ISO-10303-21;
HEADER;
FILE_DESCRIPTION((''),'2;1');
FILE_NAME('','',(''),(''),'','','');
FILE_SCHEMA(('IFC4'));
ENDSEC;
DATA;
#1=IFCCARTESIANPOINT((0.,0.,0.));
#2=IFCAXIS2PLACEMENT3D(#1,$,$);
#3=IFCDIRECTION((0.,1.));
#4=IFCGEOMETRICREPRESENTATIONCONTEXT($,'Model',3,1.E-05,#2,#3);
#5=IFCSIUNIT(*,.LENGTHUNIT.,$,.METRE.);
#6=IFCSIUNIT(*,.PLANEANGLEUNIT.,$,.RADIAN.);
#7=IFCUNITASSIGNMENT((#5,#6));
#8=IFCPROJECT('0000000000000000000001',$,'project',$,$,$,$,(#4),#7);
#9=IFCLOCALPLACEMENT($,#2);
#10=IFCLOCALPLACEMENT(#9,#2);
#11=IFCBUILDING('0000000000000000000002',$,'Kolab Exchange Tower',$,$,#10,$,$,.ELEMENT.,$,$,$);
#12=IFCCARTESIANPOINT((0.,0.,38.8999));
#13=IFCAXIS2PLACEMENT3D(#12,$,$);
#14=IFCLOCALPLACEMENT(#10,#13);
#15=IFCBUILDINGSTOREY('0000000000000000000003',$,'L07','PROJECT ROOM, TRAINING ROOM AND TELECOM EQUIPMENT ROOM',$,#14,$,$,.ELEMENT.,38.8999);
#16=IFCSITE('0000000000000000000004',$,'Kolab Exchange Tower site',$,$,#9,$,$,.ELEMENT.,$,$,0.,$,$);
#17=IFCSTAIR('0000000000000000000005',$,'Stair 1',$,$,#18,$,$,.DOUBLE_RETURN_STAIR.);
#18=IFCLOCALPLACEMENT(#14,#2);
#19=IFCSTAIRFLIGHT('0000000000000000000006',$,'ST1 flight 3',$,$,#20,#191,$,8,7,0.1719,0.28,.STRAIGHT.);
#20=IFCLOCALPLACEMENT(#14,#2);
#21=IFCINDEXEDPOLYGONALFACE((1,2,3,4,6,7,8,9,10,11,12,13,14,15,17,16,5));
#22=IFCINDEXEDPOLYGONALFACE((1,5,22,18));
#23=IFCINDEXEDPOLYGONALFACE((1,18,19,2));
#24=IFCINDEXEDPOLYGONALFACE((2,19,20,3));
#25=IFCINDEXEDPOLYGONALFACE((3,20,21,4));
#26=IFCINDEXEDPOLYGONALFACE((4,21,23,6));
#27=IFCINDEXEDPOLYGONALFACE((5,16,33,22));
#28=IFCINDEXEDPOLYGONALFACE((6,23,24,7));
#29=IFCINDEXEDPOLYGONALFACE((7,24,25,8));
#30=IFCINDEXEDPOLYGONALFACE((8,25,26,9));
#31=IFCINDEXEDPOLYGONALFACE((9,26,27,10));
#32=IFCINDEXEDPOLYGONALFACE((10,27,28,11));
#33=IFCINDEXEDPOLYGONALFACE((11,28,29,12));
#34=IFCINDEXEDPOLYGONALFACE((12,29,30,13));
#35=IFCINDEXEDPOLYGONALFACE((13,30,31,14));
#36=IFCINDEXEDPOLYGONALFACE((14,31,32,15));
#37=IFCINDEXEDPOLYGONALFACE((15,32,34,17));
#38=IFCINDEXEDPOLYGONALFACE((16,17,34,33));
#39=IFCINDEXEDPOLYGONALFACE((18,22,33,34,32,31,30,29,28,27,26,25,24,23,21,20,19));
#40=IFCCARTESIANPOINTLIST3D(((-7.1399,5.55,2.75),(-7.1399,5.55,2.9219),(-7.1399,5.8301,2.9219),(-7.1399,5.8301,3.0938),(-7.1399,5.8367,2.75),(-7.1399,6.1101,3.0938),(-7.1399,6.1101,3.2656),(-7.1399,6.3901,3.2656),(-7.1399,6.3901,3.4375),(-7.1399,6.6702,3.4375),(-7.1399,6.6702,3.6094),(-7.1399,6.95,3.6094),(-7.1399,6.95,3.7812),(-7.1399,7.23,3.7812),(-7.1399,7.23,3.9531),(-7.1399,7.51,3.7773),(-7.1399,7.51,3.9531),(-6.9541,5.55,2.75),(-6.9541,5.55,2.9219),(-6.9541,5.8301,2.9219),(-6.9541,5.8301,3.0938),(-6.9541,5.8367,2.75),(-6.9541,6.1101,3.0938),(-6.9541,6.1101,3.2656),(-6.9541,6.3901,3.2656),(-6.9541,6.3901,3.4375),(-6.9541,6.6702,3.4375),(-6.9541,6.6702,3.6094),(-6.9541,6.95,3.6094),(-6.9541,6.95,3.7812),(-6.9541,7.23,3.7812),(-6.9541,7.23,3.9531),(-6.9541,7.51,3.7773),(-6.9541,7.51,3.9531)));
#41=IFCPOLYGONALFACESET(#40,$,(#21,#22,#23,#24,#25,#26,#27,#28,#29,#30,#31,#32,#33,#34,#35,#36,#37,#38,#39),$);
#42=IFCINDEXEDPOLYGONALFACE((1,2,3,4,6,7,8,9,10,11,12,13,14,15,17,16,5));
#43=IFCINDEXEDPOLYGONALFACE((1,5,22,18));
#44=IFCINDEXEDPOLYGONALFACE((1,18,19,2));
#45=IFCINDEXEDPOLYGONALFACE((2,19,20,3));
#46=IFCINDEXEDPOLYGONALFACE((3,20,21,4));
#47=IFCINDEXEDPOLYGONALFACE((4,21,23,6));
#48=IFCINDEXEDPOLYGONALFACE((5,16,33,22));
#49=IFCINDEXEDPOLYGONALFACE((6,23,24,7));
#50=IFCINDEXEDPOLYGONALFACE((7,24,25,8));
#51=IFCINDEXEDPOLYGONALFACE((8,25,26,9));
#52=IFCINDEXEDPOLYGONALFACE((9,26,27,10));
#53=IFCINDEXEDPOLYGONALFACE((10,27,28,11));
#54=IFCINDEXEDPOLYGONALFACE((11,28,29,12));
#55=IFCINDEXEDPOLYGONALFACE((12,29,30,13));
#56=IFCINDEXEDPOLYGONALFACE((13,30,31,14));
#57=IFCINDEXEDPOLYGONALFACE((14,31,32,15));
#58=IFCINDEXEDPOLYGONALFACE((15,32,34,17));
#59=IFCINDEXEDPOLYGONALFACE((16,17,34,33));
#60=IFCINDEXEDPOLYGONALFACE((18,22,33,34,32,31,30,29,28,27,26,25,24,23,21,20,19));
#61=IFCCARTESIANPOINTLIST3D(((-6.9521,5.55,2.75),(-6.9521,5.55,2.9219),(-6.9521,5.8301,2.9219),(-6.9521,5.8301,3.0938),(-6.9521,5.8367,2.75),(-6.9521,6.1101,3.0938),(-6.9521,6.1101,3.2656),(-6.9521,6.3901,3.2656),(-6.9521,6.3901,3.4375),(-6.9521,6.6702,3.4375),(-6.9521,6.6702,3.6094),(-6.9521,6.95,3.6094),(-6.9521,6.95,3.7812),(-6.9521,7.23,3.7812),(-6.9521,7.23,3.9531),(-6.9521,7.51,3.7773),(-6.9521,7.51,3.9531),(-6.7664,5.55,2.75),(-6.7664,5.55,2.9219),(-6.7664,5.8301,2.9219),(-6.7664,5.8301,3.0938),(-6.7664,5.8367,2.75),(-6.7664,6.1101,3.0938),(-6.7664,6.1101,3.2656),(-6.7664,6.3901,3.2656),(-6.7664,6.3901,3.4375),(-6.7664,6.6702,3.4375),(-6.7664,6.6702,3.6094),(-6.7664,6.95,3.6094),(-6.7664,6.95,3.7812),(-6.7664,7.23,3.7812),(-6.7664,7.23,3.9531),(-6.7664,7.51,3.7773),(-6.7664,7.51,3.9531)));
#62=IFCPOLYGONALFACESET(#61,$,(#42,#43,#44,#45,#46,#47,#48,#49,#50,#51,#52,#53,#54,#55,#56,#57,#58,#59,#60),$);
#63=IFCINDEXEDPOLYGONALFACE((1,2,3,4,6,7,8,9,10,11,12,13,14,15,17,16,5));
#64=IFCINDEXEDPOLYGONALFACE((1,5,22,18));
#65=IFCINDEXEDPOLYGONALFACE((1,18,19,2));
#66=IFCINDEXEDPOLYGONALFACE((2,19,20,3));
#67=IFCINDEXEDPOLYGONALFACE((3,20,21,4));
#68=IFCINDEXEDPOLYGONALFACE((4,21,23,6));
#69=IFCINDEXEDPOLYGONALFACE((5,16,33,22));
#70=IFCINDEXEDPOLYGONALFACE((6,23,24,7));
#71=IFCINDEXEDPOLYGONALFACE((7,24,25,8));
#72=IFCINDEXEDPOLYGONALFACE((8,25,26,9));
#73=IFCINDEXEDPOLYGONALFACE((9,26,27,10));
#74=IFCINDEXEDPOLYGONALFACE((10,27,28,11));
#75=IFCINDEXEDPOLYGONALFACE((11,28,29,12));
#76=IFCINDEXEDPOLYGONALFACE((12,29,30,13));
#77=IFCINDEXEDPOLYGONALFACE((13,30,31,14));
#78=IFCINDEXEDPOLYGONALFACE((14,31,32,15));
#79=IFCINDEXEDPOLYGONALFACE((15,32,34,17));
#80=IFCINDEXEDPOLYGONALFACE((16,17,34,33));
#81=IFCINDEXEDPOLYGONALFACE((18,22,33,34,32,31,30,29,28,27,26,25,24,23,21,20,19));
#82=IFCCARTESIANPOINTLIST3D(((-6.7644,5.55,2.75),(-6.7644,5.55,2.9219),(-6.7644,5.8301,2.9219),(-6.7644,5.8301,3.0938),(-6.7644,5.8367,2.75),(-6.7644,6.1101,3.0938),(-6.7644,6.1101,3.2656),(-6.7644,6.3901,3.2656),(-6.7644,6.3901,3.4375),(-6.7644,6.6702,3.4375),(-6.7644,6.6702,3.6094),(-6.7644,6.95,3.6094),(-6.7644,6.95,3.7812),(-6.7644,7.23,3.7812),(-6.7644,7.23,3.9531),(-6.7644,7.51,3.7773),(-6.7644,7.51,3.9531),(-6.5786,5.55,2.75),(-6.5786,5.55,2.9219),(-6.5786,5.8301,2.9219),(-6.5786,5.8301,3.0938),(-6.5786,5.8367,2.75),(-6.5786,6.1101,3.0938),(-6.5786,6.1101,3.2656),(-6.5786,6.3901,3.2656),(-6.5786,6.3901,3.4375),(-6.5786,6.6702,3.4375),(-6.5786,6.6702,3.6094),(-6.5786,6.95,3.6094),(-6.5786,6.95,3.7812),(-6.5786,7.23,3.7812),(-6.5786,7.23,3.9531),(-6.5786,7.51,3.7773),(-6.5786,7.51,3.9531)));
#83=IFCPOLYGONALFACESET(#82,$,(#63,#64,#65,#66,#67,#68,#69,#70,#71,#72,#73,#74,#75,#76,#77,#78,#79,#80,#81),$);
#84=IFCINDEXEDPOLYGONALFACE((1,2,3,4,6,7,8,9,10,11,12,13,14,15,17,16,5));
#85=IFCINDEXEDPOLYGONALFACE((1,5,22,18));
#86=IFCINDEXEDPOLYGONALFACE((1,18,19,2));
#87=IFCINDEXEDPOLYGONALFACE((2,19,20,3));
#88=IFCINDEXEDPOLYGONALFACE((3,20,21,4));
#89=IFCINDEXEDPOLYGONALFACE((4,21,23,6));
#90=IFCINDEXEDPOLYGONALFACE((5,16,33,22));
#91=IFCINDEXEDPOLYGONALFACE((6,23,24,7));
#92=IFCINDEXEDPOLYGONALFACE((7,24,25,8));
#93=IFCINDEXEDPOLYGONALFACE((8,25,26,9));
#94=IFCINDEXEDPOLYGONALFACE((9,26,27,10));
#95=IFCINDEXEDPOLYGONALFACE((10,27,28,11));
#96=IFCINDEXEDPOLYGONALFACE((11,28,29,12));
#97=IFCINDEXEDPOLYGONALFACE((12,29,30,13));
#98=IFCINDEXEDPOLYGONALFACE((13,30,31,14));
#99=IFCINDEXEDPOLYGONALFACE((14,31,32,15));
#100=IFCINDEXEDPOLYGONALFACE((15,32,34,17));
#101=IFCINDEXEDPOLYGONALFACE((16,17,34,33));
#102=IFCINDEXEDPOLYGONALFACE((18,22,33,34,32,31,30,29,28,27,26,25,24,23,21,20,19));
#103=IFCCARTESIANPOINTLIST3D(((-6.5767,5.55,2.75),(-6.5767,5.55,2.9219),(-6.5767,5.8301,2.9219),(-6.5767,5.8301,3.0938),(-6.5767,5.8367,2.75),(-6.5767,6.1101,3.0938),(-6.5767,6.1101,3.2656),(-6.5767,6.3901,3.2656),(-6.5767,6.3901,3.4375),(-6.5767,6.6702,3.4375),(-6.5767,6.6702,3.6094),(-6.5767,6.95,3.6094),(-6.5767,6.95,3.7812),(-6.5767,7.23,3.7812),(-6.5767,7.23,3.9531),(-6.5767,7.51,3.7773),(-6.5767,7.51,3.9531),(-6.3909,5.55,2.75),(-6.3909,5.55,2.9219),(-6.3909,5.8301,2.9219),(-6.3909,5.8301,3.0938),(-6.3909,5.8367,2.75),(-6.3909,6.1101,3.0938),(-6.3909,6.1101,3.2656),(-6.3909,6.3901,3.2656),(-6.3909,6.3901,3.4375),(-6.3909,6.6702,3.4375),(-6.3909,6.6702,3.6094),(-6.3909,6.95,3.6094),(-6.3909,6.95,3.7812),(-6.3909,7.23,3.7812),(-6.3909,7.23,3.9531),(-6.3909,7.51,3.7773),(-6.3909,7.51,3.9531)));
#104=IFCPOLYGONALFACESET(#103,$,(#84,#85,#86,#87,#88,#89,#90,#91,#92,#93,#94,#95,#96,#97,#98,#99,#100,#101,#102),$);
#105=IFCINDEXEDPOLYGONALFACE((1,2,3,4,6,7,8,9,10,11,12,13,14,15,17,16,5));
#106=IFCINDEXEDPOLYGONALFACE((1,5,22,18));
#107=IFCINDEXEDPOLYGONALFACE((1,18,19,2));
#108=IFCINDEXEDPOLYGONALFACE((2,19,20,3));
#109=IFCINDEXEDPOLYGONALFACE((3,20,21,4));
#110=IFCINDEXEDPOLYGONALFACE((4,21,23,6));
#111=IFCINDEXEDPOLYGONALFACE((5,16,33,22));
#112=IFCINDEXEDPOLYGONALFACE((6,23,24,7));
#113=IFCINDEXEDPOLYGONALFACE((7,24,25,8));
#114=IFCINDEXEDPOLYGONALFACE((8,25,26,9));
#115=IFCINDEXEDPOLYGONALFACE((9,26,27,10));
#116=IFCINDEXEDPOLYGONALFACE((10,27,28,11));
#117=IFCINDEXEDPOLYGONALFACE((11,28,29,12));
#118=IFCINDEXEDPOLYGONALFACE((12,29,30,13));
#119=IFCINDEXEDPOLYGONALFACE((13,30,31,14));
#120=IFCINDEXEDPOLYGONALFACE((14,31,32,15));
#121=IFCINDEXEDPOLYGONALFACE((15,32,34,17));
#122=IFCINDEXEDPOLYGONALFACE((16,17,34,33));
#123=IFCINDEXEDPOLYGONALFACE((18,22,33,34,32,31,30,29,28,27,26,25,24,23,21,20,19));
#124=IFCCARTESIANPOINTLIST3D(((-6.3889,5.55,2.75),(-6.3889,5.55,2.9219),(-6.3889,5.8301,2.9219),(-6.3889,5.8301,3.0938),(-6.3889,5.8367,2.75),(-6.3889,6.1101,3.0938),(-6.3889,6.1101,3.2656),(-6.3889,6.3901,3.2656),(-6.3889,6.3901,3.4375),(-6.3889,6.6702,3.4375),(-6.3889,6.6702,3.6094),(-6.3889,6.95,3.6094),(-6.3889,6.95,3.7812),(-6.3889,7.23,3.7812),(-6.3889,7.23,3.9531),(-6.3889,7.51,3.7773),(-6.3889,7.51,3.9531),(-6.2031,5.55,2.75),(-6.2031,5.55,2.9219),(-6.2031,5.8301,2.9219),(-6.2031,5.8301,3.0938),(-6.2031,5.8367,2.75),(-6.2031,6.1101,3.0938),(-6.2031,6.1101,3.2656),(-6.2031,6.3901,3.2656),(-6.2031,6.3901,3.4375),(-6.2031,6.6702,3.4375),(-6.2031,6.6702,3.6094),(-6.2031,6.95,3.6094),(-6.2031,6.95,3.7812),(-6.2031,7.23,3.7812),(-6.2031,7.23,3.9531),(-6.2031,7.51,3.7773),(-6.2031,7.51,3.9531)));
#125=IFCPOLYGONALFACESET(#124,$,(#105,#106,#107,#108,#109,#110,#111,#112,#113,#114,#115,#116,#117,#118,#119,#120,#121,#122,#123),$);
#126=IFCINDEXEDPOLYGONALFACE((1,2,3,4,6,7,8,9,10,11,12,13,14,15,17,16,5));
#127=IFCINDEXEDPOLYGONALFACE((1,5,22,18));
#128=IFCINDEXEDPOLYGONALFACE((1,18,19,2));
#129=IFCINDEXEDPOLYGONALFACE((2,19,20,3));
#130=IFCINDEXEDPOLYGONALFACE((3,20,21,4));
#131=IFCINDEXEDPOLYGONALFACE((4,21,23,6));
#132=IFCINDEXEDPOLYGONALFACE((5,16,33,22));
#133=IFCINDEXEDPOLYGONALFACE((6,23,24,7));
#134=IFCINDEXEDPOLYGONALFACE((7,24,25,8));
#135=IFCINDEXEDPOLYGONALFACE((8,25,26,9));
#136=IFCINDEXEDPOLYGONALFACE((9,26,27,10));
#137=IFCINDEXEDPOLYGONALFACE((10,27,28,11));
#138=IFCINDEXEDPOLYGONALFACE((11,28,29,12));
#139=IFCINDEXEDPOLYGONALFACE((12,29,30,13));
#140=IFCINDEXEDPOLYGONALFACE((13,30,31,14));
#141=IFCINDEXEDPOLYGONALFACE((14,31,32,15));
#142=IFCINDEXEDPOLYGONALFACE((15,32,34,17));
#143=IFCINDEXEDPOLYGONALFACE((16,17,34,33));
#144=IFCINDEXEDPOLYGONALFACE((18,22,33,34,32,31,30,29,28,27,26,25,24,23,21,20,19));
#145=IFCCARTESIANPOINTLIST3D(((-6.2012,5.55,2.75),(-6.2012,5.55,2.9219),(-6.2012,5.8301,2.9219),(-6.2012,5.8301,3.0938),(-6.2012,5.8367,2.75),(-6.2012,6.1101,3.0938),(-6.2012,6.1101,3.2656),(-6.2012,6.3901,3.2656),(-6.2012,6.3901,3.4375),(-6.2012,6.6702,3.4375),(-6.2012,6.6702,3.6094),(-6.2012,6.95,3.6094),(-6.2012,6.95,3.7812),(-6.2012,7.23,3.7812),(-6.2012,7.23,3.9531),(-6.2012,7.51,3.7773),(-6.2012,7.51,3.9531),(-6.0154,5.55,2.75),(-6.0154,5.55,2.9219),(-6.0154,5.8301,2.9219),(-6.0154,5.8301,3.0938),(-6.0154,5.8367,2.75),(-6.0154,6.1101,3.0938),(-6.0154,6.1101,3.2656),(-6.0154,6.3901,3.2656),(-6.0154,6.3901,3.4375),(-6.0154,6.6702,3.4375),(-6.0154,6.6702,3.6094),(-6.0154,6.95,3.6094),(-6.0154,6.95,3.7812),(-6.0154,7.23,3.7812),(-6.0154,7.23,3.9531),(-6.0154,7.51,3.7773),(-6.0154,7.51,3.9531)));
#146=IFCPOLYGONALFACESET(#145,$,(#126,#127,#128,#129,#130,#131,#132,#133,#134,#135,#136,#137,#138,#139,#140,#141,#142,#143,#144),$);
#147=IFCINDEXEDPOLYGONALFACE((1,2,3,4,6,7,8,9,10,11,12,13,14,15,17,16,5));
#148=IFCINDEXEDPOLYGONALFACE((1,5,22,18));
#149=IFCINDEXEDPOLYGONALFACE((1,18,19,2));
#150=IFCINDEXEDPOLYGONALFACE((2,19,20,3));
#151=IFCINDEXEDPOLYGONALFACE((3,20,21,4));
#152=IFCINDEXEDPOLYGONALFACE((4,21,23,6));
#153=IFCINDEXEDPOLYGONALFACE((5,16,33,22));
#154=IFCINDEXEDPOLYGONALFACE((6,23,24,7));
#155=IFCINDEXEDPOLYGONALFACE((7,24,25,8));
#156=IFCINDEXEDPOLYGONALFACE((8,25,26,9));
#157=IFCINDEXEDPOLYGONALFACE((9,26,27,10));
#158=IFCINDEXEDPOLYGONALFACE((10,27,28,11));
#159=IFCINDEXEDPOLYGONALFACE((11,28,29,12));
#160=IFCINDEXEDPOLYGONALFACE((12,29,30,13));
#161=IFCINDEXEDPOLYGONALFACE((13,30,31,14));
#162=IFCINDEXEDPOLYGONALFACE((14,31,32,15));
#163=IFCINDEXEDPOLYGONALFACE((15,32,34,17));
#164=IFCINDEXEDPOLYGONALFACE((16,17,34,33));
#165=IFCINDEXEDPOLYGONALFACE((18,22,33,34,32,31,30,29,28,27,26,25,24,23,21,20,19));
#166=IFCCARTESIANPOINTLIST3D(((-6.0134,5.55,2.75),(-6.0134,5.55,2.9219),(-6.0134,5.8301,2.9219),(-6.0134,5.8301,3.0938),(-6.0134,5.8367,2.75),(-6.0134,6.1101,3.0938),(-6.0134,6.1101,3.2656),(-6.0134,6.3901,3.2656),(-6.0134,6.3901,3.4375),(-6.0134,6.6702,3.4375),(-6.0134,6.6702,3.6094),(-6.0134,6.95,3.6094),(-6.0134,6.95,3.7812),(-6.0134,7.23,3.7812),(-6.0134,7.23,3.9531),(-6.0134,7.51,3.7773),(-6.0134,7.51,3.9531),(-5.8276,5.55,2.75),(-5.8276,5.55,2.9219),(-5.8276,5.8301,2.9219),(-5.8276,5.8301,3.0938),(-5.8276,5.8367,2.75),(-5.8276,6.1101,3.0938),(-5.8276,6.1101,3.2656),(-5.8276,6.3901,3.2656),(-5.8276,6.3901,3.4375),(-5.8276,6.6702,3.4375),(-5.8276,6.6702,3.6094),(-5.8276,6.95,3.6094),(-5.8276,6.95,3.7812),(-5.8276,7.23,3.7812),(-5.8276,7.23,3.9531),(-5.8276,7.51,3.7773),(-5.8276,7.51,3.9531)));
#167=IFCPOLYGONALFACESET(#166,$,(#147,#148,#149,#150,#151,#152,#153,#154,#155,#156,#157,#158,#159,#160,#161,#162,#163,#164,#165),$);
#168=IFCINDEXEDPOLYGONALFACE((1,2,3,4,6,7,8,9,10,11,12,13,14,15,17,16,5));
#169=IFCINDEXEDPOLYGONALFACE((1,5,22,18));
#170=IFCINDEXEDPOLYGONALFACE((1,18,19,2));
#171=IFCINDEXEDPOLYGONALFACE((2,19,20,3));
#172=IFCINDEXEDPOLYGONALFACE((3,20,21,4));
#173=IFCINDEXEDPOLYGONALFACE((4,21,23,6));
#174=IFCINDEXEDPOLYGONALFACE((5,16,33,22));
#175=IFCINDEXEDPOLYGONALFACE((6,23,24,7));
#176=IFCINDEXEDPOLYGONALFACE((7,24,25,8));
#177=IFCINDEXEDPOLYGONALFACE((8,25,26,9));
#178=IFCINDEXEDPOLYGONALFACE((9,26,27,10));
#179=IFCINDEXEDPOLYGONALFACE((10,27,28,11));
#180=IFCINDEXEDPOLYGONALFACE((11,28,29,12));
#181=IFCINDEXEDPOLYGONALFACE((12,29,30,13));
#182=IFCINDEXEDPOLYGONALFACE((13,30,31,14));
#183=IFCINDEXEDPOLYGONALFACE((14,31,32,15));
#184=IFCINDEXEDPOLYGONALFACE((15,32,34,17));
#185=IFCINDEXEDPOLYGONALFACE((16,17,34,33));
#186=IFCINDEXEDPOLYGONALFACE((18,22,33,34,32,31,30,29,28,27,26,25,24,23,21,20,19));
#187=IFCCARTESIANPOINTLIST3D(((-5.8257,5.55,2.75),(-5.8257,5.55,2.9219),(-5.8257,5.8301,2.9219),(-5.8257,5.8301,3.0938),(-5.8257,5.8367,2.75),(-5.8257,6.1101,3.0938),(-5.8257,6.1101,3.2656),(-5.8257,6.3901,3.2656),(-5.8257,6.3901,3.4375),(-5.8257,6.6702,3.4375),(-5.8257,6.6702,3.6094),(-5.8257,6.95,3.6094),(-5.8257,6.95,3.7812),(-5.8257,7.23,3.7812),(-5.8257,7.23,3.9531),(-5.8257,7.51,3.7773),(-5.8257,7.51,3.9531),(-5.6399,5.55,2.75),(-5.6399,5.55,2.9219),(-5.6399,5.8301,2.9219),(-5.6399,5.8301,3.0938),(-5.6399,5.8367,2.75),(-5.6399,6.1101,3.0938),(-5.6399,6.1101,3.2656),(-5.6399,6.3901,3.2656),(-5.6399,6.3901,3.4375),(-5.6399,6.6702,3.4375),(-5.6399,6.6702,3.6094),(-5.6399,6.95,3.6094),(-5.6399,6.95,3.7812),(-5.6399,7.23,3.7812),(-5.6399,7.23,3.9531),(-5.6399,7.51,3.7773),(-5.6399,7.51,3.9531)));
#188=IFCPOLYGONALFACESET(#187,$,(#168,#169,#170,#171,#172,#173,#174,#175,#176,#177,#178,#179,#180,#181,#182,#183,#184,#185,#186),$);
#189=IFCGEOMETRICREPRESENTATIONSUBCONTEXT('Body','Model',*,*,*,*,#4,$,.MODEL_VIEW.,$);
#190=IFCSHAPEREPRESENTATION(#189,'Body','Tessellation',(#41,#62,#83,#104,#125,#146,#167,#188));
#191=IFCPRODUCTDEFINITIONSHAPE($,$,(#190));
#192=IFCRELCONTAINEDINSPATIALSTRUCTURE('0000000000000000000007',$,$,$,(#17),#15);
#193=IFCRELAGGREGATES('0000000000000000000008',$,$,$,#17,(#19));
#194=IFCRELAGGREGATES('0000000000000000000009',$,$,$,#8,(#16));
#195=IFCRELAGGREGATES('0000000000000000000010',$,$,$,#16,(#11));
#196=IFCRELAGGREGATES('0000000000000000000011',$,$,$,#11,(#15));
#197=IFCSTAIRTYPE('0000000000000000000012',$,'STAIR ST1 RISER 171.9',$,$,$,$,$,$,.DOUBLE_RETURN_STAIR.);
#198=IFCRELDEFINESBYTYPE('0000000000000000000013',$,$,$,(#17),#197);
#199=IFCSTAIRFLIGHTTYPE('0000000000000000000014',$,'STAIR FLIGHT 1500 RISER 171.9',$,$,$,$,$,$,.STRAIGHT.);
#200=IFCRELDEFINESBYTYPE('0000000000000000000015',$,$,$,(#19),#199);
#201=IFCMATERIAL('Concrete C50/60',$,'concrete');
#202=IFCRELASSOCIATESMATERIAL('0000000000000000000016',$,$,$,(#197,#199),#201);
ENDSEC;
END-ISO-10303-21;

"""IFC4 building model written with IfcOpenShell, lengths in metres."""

from ifc_helpers import new_model, si_unit, direction, frame, origin, place, context, subcontext, project, spatial, polyline, outline, extrude, material, type_object, element, aggregate, save


model = new_model("IFC4")

# Units and contexts
model_context = context("Model", 3, precision=1e-05, world=origin(), true_north=direction((0.0, 1.0)))
body_context = subcontext(model_context, "Body", "Model", "MODEL_VIEW")
ifc_project = project(units=[si_unit("LENGTHUNIT", "METRE"), si_unit("PLANEANGLEUNIT", "RADIAN")], contexts=[model_context])

# Site, building, storey
site_placement = place(None, origin())
site = spatial("IfcSite", under=ifc_project, at=site_placement, Name="Kolab Exchange Tower site", CompositionType="ELEMENT", RefElevation=0.0)
building_placement = place(site_placement, origin())
building = spatial("IfcBuilding", under=site, at=building_placement, Name="Kolab Exchange Tower", CompositionType="ELEMENT")
storey_placement = place(building_placement, frame((0.0, 0.0, 38.8999)))
storey = spatial("IfcBuildingStorey", under=building, at=storey_placement, Name="L07", Description="PROJECT ROOM, TRAINING ROOM AND TELECOM EQUIPMENT ROOM", CompositionType="ELEMENT", Elevation=38.8999)

# Shared definitions
ifc_material_1 = material(Name="Concrete C50/60", Category="concrete")

# Stair, stair flight
stair_type = type_object("IfcStairType", Name="STAIR ST1 RISER 171.9", PredefinedType="DOUBLE_RETURN_STAIR", material=ifc_material_1)
stair_placement = place(storey_placement, origin())
stair = element("IfcStair", 1, at=stair_placement, inside=storey, type_object=stair_type, Name="Stair 1", PredefinedType="DOUBLE_RETURN_STAIR")
stair_flight_type = type_object("IfcStairFlightType", Name="STAIR FLIGHT 1500 RISER 171.9", PredefinedType="STRAIGHT", material=ifc_material_1)
stair_flight_1_placement = place(storey_placement, frame((-6.3899, 5.55, 2.75), z_axis=(0.0, 0.0, 1.0), x_axis=(0.0, 1.0, 0.0)))
stair_flight_1 = element("IfcStairFlight", 2, at=stair_flight_1_placement, type_object=stair_flight_type, Name="ST1 flight 3", NumberOfRisers=8, NumberOfTreads=7, PredefinedType="STRAIGHT", RiserHeight=0.1719, TreadLength=0.28, context=body_context, shape_type="SweptSolid", body=[
    extrude(outline(polyline([(0.0, 0.0), (0.0, 0.1719), (0.28, 0.1719), (0.28, 0.3438), (0.5601, 0.3438), (0.5601, 0.5156), (0.8401, 0.5156), (0.8401, 0.6875), (1.1201, 0.6875), (1.1201, 0.8594), (1.3999, 0.8594), (1.3999, 1.0312), (1.6799, 1.0312), (1.6799, 1.2031), (1.96, 1.2031), (1.96, 1.375), (1.96, 1.0273), (0.2866, 0.0), (0.0, 0.0)])), frame((0.0, 0.75, 0.0), z_axis=(0.0, -1.0, 0.0), x_axis=(1.0, 0.0, 0.0)), (0.0, 0.0, 1.0), 0.1858),
    extrude(outline(polyline([(0.0, 0.0), (0.0, 0.1719), (0.28, 0.1719), (0.28, 0.3438), (0.5601, 0.3438), (0.5601, 0.5156), (0.8401, 0.5156), (0.8401, 0.6875), (1.1201, 0.6875), (1.1201, 0.8594), (1.3999, 0.8594), (1.3999, 1.0312), (1.6799, 1.0312), (1.6799, 1.2031), (1.96, 1.2031), (1.96, 1.375), (1.96, 1.0273), (0.2866, 0.0), (0.0, 0.0)])), frame((0.0, 0.5623, 0.0), z_axis=(0.0, -1.0, 0.0), x_axis=(1.0, 0.0, 0.0)), (0.0, 0.0, 1.0), 0.1858),
    extrude(outline(polyline([(0.0, 0.0), (0.0, 0.1719), (0.28, 0.1719), (0.28, 0.3438), (0.5601, 0.3438), (0.5601, 0.5156), (0.8401, 0.5156), (0.8401, 0.6875), (1.1201, 0.6875), (1.1201, 0.8594), (1.3999, 0.8594), (1.3999, 1.0312), (1.6799, 1.0312), (1.6799, 1.2031), (1.96, 1.2031), (1.96, 1.375), (1.96, 1.0273), (0.2866, 0.0), (0.0, 0.0)])), frame((0.0, 0.3745, 0.0), z_axis=(0.0, -1.0, 0.0), x_axis=(1.0, 0.0, 0.0)), (0.0, 0.0, 1.0), 0.1858),
    extrude(outline(polyline([(0.0, 0.0), (0.0, 0.1719), (0.28, 0.1719), (0.28, 0.3438), (0.5601, 0.3438), (0.5601, 0.5156), (0.8401, 0.5156), (0.8401, 0.6875), (1.1201, 0.6875), (1.1201, 0.8594), (1.3999, 0.8594), (1.3999, 1.0312), (1.6799, 1.0312), (1.6799, 1.2031), (1.96, 1.2031), (1.96, 1.375), (1.96, 1.0273), (0.2866, 0.0), (0.0, 0.0)])), frame((0.0, 0.1868, 0.0), z_axis=(0.0, -1.0, 0.0), x_axis=(1.0, 0.0, 0.0)), (0.0, 0.0, 1.0), 0.1858),
    extrude(outline(polyline([(0.0, 0.0), (0.0, 0.1719), (0.28, 0.1719), (0.28, 0.3438), (0.5601, 0.3438), (0.5601, 0.5156), (0.8401, 0.5156), (0.8401, 0.6875), (1.1201, 0.6875), (1.1201, 0.8594), (1.3999, 0.8594), (1.3999, 1.0312), (1.6799, 1.0312), (1.6799, 1.2031), (1.96, 1.2031), (1.96, 1.375), (1.96, 1.0273), (0.2866, 0.0), (0.0, 0.0)])), frame((0.0, -0.001, 0.0), z_axis=(0.0, -1.0, 0.0), x_axis=(1.0, 0.0, 0.0)), (0.0, 0.0, 1.0), 0.1858),
    extrude(outline(polyline([(0.0, 0.0), (0.0, 0.1719), (0.28, 0.1719), (0.28, 0.3438), (0.5601, 0.3438), (0.5601, 0.5156), (0.8401, 0.5156), (0.8401, 0.6875), (1.1201, 0.6875), (1.1201, 0.8594), (1.3999, 0.8594), (1.3999, 1.0312), (1.6799, 1.0312), (1.6799, 1.2031), (1.96, 1.2031), (1.96, 1.375), (1.96, 1.0273), (0.2866, 0.0), (0.0, 0.0)])), frame((0.0, -0.1887, 0.0), z_axis=(0.0, -1.0, 0.0), x_axis=(1.0, 0.0, 0.0)), (0.0, 0.0, 1.0), 0.1858),
    extrude(outline(polyline([(0.0, 0.0), (0.0, 0.1719), (0.28, 0.1719), (0.28, 0.3438), (0.5601, 0.3438), (0.5601, 0.5156), (0.8401, 0.5156), (0.8401, 0.6875), (1.1201, 0.6875), (1.1201, 0.8594), (1.3999, 0.8594), (1.3999, 1.0312), (1.6799, 1.0312), (1.6799, 1.2031), (1.96, 1.2031), (1.96, 1.375), (1.96, 1.0273), (0.2866, 0.0), (0.0, 0.0)])), frame((0.0, -0.3765, 0.0), z_axis=(0.0, -1.0, 0.0), x_axis=(1.0, 0.0, 0.0)), (0.0, 0.0, 1.0), 0.1858),
    extrude(outline(polyline([(0.0, 0.0), (0.0, 0.1719), (0.28, 0.1719), (0.28, 0.3438), (0.5601, 0.3438), (0.5601, 0.5156), (0.8401, 0.5156), (0.8401, 0.6875), (1.1201, 0.6875), (1.1201, 0.8594), (1.3999, 0.8594), (1.3999, 1.0312), (1.6799, 1.0312), (1.6799, 1.2031), (1.96, 1.2031), (1.96, 1.375), (1.96, 1.0273), (0.2866, 0.0), (0.0, 0.0)])), frame((0.0, -0.5642, 0.0), z_axis=(0.0, -1.0, 0.0), x_axis=(1.0, 0.0, 0.0)), (0.0, 0.0, 1.0), 0.1858),
])
aggregate(stair, [stair_flight_1])

save(model, "model.ifc")
